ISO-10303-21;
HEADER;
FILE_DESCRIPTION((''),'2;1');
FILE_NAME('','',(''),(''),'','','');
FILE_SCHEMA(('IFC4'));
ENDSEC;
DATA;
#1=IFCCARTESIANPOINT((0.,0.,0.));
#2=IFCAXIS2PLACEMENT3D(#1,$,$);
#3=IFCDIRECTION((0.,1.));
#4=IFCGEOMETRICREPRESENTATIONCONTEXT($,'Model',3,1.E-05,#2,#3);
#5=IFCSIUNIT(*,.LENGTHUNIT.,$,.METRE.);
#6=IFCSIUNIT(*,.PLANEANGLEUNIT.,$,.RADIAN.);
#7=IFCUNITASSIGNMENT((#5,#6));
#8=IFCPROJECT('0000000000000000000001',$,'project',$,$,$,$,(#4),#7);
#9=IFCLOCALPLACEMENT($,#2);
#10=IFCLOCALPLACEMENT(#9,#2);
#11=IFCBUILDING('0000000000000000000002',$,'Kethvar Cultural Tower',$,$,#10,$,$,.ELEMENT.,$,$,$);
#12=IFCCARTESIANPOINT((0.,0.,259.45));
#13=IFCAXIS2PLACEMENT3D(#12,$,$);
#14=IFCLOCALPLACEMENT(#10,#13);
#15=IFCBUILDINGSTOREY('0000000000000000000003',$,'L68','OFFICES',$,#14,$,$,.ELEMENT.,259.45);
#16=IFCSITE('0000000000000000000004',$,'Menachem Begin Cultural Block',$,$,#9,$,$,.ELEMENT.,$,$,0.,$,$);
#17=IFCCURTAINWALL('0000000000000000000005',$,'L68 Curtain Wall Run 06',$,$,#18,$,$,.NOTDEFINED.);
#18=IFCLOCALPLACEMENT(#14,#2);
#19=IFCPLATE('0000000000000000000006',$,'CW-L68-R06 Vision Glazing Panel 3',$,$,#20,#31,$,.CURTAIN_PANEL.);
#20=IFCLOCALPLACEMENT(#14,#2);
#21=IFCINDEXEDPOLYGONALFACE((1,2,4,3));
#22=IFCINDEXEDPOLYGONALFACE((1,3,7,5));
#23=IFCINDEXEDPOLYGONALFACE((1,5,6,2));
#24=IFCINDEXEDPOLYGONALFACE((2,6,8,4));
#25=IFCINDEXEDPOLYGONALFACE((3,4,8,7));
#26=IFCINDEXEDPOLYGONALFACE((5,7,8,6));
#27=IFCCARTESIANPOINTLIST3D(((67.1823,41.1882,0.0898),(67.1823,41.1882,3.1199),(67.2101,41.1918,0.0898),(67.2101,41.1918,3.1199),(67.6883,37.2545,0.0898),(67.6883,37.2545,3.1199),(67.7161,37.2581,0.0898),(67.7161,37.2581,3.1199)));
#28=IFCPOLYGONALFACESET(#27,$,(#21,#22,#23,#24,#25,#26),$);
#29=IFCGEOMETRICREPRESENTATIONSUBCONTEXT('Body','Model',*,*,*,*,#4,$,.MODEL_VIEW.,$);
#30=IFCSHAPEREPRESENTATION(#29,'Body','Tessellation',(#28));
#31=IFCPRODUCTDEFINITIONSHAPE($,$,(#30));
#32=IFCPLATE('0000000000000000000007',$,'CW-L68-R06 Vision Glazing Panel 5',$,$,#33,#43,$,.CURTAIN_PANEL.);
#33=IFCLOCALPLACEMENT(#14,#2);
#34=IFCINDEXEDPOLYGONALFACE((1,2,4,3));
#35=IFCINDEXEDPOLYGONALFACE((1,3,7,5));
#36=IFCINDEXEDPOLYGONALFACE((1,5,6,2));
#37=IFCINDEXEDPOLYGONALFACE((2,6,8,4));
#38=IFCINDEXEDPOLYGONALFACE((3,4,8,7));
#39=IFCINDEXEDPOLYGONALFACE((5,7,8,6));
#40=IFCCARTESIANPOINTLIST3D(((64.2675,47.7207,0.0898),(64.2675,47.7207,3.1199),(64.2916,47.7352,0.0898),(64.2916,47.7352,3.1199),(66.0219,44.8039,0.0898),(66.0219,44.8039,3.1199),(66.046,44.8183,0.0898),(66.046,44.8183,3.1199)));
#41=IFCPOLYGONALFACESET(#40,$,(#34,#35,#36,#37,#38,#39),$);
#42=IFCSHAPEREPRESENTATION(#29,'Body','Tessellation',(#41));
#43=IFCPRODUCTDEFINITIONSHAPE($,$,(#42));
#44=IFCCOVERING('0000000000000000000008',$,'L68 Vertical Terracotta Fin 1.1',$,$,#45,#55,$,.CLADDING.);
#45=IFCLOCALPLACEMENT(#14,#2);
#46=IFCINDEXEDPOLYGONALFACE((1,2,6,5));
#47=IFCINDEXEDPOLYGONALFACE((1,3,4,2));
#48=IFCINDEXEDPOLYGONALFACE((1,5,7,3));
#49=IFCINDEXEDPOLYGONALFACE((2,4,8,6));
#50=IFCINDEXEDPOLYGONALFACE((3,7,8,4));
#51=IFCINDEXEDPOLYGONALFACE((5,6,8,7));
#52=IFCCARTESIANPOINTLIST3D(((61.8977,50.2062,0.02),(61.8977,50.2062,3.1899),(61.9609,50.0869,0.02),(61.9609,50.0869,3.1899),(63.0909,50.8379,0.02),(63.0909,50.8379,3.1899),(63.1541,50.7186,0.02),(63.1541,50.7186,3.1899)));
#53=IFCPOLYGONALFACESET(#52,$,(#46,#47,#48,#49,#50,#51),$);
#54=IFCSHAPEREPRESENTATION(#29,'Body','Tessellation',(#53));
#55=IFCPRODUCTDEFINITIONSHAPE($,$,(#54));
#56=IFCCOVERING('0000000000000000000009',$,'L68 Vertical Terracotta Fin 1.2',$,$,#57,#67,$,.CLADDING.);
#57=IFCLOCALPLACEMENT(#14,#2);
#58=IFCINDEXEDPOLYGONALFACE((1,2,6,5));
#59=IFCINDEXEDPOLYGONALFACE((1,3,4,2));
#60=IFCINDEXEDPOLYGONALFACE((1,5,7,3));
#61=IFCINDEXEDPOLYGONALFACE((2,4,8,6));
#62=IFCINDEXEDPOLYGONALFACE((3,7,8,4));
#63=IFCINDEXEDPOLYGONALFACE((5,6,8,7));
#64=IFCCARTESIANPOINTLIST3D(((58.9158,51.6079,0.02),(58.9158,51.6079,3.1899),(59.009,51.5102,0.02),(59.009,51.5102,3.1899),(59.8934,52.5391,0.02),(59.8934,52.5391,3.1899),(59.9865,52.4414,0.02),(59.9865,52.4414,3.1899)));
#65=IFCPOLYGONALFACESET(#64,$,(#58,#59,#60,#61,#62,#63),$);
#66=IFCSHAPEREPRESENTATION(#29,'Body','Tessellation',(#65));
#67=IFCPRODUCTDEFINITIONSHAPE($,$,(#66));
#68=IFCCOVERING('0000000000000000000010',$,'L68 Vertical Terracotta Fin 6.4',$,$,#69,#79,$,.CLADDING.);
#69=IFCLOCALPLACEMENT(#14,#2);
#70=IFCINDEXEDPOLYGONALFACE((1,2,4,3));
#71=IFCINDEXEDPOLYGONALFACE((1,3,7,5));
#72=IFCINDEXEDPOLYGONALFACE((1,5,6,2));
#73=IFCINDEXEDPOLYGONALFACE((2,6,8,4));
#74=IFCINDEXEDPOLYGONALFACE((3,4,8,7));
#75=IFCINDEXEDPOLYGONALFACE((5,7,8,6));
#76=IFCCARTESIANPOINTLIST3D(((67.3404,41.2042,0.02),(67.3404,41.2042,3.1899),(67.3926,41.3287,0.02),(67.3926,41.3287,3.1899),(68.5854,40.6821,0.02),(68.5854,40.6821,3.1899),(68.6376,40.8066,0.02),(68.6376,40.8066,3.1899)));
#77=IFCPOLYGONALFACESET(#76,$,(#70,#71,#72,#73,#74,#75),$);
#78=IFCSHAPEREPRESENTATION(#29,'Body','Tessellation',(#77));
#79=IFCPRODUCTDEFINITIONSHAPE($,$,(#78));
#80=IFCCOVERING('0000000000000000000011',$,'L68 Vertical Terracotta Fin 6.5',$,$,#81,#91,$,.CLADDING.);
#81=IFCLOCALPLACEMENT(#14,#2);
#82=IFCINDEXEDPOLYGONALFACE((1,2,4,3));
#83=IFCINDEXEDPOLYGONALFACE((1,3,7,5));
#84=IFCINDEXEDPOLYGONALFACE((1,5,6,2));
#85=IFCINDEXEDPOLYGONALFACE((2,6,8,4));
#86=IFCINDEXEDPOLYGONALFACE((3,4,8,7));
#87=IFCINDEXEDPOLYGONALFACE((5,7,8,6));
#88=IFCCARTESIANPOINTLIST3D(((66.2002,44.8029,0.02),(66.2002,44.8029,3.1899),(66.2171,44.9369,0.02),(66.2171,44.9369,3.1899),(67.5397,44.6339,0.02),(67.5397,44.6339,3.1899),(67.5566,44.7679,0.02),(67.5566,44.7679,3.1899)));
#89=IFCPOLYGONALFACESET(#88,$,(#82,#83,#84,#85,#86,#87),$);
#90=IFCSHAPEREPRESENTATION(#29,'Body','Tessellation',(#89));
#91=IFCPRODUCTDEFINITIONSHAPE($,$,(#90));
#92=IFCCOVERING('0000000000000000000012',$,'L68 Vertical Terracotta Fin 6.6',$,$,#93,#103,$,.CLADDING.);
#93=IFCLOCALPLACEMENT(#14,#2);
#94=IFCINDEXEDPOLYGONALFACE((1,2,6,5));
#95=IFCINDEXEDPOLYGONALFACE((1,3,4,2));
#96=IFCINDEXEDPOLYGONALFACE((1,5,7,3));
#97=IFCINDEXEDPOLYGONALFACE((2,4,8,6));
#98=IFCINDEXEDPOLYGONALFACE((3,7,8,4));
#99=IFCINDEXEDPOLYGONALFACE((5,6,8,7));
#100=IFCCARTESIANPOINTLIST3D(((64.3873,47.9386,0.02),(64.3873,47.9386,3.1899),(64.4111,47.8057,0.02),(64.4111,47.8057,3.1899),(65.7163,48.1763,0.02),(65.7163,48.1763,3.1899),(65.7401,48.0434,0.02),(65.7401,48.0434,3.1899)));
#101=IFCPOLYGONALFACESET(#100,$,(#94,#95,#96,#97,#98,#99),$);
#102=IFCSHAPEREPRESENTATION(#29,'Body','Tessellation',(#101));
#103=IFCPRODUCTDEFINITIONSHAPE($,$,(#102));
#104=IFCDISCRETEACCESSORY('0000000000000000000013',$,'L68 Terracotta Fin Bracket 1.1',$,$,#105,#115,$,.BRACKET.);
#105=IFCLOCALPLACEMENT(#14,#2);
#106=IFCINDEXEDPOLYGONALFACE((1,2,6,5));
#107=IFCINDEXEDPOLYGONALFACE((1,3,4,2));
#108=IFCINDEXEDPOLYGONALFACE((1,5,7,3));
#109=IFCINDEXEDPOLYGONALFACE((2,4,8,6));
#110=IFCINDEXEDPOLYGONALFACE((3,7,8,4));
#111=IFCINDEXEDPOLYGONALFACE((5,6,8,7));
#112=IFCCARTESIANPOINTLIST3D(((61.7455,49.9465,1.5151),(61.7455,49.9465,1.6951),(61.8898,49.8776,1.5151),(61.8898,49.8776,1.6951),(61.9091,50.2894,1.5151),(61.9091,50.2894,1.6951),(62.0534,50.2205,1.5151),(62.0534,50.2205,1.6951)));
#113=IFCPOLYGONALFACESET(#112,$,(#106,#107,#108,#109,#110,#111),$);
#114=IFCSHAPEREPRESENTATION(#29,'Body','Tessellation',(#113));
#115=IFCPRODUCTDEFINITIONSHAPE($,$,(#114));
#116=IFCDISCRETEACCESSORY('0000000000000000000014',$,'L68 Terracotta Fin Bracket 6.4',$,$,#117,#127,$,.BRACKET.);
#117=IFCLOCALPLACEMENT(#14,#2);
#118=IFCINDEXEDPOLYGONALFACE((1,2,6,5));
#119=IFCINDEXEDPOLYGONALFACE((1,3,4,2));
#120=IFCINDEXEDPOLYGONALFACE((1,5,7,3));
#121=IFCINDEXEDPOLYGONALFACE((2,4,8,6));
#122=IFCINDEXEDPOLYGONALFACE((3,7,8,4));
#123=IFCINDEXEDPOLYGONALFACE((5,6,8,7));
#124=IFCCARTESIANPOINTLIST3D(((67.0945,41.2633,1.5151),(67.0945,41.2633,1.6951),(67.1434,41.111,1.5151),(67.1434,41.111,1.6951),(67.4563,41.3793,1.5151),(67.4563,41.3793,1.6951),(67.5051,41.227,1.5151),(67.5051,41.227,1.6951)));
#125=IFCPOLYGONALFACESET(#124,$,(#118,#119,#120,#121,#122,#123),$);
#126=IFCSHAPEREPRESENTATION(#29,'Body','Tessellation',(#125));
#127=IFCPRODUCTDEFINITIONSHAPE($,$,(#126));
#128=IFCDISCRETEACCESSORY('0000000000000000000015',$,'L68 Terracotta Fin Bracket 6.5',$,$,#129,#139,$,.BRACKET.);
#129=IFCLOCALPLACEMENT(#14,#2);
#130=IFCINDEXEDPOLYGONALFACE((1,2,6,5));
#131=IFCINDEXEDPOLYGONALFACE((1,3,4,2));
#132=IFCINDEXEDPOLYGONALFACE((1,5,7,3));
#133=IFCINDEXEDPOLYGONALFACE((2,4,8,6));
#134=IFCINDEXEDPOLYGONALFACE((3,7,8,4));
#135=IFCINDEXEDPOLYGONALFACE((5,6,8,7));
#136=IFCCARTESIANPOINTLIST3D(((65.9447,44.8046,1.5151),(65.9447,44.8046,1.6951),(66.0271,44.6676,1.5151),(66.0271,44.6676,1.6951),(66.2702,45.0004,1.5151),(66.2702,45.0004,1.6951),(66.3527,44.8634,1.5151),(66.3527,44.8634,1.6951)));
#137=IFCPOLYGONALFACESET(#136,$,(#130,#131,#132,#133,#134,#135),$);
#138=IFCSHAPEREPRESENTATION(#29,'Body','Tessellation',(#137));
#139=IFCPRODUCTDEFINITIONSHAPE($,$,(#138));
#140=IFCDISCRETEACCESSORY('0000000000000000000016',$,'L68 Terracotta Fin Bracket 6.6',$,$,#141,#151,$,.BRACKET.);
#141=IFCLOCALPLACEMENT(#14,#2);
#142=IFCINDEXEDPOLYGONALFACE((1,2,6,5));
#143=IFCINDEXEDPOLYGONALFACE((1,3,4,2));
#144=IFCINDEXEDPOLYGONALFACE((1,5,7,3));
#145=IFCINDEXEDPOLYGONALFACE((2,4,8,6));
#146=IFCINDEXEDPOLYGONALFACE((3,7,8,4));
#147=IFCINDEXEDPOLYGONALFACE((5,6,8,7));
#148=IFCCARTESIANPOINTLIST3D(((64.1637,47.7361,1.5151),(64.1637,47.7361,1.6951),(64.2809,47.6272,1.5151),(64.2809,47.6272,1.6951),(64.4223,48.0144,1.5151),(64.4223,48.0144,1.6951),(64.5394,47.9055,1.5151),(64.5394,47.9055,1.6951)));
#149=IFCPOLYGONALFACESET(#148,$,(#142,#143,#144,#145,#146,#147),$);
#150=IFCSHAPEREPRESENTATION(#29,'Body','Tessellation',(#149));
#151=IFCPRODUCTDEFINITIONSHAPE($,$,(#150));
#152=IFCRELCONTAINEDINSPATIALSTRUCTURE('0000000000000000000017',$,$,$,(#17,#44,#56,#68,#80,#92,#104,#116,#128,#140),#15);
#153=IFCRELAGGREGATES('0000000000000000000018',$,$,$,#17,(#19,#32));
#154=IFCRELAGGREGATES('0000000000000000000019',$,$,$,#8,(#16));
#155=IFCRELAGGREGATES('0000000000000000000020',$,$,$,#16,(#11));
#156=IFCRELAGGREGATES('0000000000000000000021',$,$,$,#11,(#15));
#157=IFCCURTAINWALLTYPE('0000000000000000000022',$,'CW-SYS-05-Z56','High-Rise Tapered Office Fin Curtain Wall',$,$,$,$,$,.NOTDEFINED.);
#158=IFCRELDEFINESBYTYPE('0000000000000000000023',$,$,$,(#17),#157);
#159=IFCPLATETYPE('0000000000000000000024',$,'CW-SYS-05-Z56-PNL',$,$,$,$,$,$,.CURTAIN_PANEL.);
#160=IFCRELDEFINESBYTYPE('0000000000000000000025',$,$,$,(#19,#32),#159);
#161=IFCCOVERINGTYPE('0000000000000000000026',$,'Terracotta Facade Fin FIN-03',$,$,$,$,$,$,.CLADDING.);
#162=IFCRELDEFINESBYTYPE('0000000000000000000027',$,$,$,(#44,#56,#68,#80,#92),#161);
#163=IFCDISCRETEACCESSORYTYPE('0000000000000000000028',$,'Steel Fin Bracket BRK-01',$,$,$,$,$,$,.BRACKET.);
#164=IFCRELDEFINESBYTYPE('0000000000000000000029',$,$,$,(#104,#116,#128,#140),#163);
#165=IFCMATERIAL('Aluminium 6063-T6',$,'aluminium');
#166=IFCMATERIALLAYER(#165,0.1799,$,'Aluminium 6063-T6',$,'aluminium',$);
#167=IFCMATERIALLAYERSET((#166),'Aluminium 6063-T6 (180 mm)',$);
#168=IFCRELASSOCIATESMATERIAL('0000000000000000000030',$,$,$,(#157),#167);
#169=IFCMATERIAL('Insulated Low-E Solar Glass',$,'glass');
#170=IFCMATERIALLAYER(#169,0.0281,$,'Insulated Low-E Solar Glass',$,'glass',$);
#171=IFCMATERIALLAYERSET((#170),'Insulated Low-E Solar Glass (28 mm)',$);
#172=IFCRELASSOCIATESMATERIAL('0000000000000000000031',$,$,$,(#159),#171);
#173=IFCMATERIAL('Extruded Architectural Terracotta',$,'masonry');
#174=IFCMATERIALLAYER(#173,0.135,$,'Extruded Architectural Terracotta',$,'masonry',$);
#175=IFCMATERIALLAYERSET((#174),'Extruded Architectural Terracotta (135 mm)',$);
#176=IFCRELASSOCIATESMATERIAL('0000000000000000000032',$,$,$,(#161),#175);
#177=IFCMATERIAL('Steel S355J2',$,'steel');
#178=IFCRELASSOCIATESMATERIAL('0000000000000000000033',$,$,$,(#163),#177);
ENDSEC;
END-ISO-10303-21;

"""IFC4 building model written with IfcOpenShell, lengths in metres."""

from ifc_helpers import new_model, si_unit, direction, frame, origin, origin_2d, place, context, subcontext, project, spatial, rectangle, extrude, source, transform, mapped, material, layer, layer_set, type_object, element, aggregate, save


model = new_model("IFC4")

# Units and contexts
model_context = context("Model", 3, precision=1e-05, world=origin(), true_north=direction((0.0, 1.0)))
body_context = subcontext(model_context, "Body", "Model", "MODEL_VIEW")
ifc_project = project(units=[si_unit("LENGTHUNIT", "METRE"), si_unit("PLANEANGLEUNIT", "RADIAN")], contexts=[model_context])

# Site, building, storey
site_placement = place(None, origin())
site = spatial("IfcSite", under=ifc_project, at=site_placement, Name="Menachem Begin Cultural Block", CompositionType="ELEMENT", RefElevation=0.0)
building_placement = place(site_placement, origin())
building = spatial("IfcBuilding", under=site, at=building_placement, Name="Kethvar Cultural Tower", CompositionType="ELEMENT")
storey_placement = place(building_placement, frame((0.0, 0.0, 259.45)))
storey = spatial("IfcBuildingStorey", under=building, at=storey_placement, Name="L68", Description="OFFICES", CompositionType="ELEMENT", Elevation=259.45)

# Shared definitions
ifc_material_1 = material(Name="Steel S355J2", Category="steel")

# Shared definitions
ifc_material_2 = material(Name="Aluminium 6063-T6", Category="aluminium")
ifc_layer_1 = layer(ifc_material_2, 0.1799, Name="Aluminium 6063-T6", Category="aluminium")
ifc_layer_set_1 = layer_set([ifc_layer_1], Name="Aluminium 6063-T6 (180 mm)")
curtain_wall_type = type_object("IfcCurtainWallType", Name="CW-SYS-05-Z56", Description="High-Rise Tapered Office Fin Curtain Wall", PredefinedType="NOTDEFINED", material=ifc_layer_set_1)

# Curtain wall
curtain_wall_1_placement = place(storey_placement, origin())
curtain_wall_1 = element("IfcCurtainWall", 1, at=curtain_wall_1_placement, inside=storey, type_object=curtain_wall_type, Name="L68 Curtain Wall Run 06", PredefinedType="NOTDEFINED")

# Plates
ifc_material_3 = material(Name="Insulated Low-E Solar Glass", Category="glass")
ifc_layer_2 = layer(ifc_material_3, 0.0281, Name="Insulated Low-E Solar Glass", Category="glass")
ifc_layer_set_2 = layer_set([ifc_layer_2], Name="Insulated Low-E Solar Glass (28 mm)")
plate_type = type_object("IfcPlateType", Name="CW-SYS-05-Z56-PNL", PredefinedType="CURTAIN_PANEL", material=ifc_layer_set_2)
shared_shape_1 = source(origin(), body_context, "Body", "SweptSolid", [
    extrude(rectangle(XDim=3.9661, YDim=0.0281, at=origin_2d()), origin(), (0.0, 0.0, 1.0), 3.03),
])
plate_1_placement = place(storey_placement, frame((67.4492, 39.2231, 0.0898), z_axis=(0.0, 0.0, 1.0), x_axis=(-0.127584, 0.991828, 0.0)))
plate_1 = element("IfcPlate", 2, at=plate_1_placement, type_object=plate_type, Name="CW-L68-R06 Vision Glazing Panel 3", PredefinedType="CURTAIN_PANEL", context=body_context, shape_type="MappedRepresentation", body=[
    mapped(shared_shape_1, transform((0.0, 0.0, 0.0), scale=1.0)),
])
shared_shape_2 = source(origin(), body_context, "Body", "SweptSolid", [
    extrude(rectangle(XDim=3.4038, YDim=0.0281, at=origin_2d()), origin(), (0.0, 0.0, 1.0), 3.03),
])
plate_2_placement = place(storey_placement, frame((65.1567, 46.2695, 0.0898), z_axis=(0.0, 0.0, 1.0), x_axis=(-0.515427, 0.856933, 0.0)))
plate_2 = element("IfcPlate", 3, at=plate_2_placement, type_object=plate_type, Name="CW-L68-R06 Vision Glazing Panel 5", PredefinedType="CURTAIN_PANEL", context=body_context, shape_type="MappedRepresentation", body=[
    mapped(shared_shape_2, transform((0.0, 0.0, 0.0), scale=1.0)),
])
aggregate(curtain_wall_1, [plate_1, plate_2])

# Coverings
ifc_material_4 = material(Name="Extruded Architectural Terracotta", Category="masonry")
ifc_layer_3 = layer(ifc_material_4, 0.135, Name="Extruded Architectural Terracotta", Category="masonry")
ifc_layer_set_3 = layer_set([ifc_layer_3], Name="Extruded Architectural Terracotta (135 mm)")
covering_type = type_object("IfcCoveringType", Name="Terracotta Facade Fin FIN-03", PredefinedType="CLADDING", material=ifc_layer_set_3)
shared_shape_3 = source(origin(), body_context, "Body", "SweptSolid", [
    extrude(rectangle(XDim=1.3501, YDim=0.135, at=origin_2d()), origin(), (0.0, 0.0, 1.0), 3.1699),
])
for number, where, z_axis, x_axis, name in (
    (4, (62.5259, 50.4624, 0.02), (0.0, 0.0, 1.0), (0.883766, 0.46793, 0.0), "L68 Vertical Terracotta Fin 1.1"),
    (5, (59.4512, 52.0247, 0.02), (0.0, 0.0, 1.0), (0.724051, 0.689746, 0.0), "L68 Vertical Terracotta Fin 1.2"),
    (6, (67.989, 41.0054, 0.02), (0.0, 0.0, 1.0), (0.922201, -0.386711, 0.0), "L68 Vertical Terracotta Fin 6.4"),
    (7, (66.8784, 44.7854, 0.02), (0.0, 0.0, 1.0), (0.992137, -0.12516, 0.0), "L68 Vertical Terracotta Fin 6.5"),
    (8, (65.0637, 47.991, 0.02), (0.0, 0.0, 1.0), (0.984381, 0.176054, 0.0), "L68 Vertical Terracotta Fin 6.6"),
):
    element("IfcCovering", number, at=place(storey_placement, frame(where, z_axis=z_axis, x_axis=x_axis)), inside=storey, type_object=covering_type, Name=name, PredefinedType="CLADDING", context=body_context, shape_type="MappedRepresentation", body=[
        mapped(shared_shape_3, transform((0.0, 0.0, 0.0), scale=1.0)),
    ])

# Discrete accessories
discrete_accessory_type = type_object("IfcDiscreteAccessoryType", Name="Steel Fin Bracket BRK-01", PredefinedType="BRACKET", material=ifc_material_1)
shared_shape_4 = source(origin(), body_context, "Body", "SweptSolid", [
    extrude(rectangle(XDim=0.3799, YDim=0.1599, at=origin_2d()), origin(), (0.0, 0.0, 1.0), 0.1799),
])
for number, where, z_axis, x_axis, name in (
    (9, (61.8994, 50.0835, 1.5151), (0.0, 0.0, 1.0), (0.430669, 0.90251, 0.0), "L68 Terracotta Fin Bracket 1.1"),
    (10, (67.2998, 41.2451, 1.5151), (0.0, 0.0, 1.0), (0.952236, 0.305363, 0.0), "L68 Terracotta Fin Bracket 6.4"),
    (11, (66.1487, 44.834, 1.5151), (0.0, 0.0, 1.0), (0.856898, 0.515487, 0.0), "L68 Terracotta Fin Bracket 6.5"),
    (12, (64.3516, 47.8208, 1.5151), (0.0, 0.0, 1.0), (0.680593, 0.732662, 0.0), "L68 Terracotta Fin Bracket 6.6"),
):
    element("IfcDiscreteAccessory", number, at=place(storey_placement, frame(where, z_axis=z_axis, x_axis=x_axis)), inside=storey, type_object=discrete_accessory_type, Name=name, PredefinedType="BRACKET", context=body_context, shape_type="MappedRepresentation", body=[
        mapped(shared_shape_4, transform((0.0, 0.0, 0.0), scale=1.0)),
    ])

save(model, "model.ifc")
